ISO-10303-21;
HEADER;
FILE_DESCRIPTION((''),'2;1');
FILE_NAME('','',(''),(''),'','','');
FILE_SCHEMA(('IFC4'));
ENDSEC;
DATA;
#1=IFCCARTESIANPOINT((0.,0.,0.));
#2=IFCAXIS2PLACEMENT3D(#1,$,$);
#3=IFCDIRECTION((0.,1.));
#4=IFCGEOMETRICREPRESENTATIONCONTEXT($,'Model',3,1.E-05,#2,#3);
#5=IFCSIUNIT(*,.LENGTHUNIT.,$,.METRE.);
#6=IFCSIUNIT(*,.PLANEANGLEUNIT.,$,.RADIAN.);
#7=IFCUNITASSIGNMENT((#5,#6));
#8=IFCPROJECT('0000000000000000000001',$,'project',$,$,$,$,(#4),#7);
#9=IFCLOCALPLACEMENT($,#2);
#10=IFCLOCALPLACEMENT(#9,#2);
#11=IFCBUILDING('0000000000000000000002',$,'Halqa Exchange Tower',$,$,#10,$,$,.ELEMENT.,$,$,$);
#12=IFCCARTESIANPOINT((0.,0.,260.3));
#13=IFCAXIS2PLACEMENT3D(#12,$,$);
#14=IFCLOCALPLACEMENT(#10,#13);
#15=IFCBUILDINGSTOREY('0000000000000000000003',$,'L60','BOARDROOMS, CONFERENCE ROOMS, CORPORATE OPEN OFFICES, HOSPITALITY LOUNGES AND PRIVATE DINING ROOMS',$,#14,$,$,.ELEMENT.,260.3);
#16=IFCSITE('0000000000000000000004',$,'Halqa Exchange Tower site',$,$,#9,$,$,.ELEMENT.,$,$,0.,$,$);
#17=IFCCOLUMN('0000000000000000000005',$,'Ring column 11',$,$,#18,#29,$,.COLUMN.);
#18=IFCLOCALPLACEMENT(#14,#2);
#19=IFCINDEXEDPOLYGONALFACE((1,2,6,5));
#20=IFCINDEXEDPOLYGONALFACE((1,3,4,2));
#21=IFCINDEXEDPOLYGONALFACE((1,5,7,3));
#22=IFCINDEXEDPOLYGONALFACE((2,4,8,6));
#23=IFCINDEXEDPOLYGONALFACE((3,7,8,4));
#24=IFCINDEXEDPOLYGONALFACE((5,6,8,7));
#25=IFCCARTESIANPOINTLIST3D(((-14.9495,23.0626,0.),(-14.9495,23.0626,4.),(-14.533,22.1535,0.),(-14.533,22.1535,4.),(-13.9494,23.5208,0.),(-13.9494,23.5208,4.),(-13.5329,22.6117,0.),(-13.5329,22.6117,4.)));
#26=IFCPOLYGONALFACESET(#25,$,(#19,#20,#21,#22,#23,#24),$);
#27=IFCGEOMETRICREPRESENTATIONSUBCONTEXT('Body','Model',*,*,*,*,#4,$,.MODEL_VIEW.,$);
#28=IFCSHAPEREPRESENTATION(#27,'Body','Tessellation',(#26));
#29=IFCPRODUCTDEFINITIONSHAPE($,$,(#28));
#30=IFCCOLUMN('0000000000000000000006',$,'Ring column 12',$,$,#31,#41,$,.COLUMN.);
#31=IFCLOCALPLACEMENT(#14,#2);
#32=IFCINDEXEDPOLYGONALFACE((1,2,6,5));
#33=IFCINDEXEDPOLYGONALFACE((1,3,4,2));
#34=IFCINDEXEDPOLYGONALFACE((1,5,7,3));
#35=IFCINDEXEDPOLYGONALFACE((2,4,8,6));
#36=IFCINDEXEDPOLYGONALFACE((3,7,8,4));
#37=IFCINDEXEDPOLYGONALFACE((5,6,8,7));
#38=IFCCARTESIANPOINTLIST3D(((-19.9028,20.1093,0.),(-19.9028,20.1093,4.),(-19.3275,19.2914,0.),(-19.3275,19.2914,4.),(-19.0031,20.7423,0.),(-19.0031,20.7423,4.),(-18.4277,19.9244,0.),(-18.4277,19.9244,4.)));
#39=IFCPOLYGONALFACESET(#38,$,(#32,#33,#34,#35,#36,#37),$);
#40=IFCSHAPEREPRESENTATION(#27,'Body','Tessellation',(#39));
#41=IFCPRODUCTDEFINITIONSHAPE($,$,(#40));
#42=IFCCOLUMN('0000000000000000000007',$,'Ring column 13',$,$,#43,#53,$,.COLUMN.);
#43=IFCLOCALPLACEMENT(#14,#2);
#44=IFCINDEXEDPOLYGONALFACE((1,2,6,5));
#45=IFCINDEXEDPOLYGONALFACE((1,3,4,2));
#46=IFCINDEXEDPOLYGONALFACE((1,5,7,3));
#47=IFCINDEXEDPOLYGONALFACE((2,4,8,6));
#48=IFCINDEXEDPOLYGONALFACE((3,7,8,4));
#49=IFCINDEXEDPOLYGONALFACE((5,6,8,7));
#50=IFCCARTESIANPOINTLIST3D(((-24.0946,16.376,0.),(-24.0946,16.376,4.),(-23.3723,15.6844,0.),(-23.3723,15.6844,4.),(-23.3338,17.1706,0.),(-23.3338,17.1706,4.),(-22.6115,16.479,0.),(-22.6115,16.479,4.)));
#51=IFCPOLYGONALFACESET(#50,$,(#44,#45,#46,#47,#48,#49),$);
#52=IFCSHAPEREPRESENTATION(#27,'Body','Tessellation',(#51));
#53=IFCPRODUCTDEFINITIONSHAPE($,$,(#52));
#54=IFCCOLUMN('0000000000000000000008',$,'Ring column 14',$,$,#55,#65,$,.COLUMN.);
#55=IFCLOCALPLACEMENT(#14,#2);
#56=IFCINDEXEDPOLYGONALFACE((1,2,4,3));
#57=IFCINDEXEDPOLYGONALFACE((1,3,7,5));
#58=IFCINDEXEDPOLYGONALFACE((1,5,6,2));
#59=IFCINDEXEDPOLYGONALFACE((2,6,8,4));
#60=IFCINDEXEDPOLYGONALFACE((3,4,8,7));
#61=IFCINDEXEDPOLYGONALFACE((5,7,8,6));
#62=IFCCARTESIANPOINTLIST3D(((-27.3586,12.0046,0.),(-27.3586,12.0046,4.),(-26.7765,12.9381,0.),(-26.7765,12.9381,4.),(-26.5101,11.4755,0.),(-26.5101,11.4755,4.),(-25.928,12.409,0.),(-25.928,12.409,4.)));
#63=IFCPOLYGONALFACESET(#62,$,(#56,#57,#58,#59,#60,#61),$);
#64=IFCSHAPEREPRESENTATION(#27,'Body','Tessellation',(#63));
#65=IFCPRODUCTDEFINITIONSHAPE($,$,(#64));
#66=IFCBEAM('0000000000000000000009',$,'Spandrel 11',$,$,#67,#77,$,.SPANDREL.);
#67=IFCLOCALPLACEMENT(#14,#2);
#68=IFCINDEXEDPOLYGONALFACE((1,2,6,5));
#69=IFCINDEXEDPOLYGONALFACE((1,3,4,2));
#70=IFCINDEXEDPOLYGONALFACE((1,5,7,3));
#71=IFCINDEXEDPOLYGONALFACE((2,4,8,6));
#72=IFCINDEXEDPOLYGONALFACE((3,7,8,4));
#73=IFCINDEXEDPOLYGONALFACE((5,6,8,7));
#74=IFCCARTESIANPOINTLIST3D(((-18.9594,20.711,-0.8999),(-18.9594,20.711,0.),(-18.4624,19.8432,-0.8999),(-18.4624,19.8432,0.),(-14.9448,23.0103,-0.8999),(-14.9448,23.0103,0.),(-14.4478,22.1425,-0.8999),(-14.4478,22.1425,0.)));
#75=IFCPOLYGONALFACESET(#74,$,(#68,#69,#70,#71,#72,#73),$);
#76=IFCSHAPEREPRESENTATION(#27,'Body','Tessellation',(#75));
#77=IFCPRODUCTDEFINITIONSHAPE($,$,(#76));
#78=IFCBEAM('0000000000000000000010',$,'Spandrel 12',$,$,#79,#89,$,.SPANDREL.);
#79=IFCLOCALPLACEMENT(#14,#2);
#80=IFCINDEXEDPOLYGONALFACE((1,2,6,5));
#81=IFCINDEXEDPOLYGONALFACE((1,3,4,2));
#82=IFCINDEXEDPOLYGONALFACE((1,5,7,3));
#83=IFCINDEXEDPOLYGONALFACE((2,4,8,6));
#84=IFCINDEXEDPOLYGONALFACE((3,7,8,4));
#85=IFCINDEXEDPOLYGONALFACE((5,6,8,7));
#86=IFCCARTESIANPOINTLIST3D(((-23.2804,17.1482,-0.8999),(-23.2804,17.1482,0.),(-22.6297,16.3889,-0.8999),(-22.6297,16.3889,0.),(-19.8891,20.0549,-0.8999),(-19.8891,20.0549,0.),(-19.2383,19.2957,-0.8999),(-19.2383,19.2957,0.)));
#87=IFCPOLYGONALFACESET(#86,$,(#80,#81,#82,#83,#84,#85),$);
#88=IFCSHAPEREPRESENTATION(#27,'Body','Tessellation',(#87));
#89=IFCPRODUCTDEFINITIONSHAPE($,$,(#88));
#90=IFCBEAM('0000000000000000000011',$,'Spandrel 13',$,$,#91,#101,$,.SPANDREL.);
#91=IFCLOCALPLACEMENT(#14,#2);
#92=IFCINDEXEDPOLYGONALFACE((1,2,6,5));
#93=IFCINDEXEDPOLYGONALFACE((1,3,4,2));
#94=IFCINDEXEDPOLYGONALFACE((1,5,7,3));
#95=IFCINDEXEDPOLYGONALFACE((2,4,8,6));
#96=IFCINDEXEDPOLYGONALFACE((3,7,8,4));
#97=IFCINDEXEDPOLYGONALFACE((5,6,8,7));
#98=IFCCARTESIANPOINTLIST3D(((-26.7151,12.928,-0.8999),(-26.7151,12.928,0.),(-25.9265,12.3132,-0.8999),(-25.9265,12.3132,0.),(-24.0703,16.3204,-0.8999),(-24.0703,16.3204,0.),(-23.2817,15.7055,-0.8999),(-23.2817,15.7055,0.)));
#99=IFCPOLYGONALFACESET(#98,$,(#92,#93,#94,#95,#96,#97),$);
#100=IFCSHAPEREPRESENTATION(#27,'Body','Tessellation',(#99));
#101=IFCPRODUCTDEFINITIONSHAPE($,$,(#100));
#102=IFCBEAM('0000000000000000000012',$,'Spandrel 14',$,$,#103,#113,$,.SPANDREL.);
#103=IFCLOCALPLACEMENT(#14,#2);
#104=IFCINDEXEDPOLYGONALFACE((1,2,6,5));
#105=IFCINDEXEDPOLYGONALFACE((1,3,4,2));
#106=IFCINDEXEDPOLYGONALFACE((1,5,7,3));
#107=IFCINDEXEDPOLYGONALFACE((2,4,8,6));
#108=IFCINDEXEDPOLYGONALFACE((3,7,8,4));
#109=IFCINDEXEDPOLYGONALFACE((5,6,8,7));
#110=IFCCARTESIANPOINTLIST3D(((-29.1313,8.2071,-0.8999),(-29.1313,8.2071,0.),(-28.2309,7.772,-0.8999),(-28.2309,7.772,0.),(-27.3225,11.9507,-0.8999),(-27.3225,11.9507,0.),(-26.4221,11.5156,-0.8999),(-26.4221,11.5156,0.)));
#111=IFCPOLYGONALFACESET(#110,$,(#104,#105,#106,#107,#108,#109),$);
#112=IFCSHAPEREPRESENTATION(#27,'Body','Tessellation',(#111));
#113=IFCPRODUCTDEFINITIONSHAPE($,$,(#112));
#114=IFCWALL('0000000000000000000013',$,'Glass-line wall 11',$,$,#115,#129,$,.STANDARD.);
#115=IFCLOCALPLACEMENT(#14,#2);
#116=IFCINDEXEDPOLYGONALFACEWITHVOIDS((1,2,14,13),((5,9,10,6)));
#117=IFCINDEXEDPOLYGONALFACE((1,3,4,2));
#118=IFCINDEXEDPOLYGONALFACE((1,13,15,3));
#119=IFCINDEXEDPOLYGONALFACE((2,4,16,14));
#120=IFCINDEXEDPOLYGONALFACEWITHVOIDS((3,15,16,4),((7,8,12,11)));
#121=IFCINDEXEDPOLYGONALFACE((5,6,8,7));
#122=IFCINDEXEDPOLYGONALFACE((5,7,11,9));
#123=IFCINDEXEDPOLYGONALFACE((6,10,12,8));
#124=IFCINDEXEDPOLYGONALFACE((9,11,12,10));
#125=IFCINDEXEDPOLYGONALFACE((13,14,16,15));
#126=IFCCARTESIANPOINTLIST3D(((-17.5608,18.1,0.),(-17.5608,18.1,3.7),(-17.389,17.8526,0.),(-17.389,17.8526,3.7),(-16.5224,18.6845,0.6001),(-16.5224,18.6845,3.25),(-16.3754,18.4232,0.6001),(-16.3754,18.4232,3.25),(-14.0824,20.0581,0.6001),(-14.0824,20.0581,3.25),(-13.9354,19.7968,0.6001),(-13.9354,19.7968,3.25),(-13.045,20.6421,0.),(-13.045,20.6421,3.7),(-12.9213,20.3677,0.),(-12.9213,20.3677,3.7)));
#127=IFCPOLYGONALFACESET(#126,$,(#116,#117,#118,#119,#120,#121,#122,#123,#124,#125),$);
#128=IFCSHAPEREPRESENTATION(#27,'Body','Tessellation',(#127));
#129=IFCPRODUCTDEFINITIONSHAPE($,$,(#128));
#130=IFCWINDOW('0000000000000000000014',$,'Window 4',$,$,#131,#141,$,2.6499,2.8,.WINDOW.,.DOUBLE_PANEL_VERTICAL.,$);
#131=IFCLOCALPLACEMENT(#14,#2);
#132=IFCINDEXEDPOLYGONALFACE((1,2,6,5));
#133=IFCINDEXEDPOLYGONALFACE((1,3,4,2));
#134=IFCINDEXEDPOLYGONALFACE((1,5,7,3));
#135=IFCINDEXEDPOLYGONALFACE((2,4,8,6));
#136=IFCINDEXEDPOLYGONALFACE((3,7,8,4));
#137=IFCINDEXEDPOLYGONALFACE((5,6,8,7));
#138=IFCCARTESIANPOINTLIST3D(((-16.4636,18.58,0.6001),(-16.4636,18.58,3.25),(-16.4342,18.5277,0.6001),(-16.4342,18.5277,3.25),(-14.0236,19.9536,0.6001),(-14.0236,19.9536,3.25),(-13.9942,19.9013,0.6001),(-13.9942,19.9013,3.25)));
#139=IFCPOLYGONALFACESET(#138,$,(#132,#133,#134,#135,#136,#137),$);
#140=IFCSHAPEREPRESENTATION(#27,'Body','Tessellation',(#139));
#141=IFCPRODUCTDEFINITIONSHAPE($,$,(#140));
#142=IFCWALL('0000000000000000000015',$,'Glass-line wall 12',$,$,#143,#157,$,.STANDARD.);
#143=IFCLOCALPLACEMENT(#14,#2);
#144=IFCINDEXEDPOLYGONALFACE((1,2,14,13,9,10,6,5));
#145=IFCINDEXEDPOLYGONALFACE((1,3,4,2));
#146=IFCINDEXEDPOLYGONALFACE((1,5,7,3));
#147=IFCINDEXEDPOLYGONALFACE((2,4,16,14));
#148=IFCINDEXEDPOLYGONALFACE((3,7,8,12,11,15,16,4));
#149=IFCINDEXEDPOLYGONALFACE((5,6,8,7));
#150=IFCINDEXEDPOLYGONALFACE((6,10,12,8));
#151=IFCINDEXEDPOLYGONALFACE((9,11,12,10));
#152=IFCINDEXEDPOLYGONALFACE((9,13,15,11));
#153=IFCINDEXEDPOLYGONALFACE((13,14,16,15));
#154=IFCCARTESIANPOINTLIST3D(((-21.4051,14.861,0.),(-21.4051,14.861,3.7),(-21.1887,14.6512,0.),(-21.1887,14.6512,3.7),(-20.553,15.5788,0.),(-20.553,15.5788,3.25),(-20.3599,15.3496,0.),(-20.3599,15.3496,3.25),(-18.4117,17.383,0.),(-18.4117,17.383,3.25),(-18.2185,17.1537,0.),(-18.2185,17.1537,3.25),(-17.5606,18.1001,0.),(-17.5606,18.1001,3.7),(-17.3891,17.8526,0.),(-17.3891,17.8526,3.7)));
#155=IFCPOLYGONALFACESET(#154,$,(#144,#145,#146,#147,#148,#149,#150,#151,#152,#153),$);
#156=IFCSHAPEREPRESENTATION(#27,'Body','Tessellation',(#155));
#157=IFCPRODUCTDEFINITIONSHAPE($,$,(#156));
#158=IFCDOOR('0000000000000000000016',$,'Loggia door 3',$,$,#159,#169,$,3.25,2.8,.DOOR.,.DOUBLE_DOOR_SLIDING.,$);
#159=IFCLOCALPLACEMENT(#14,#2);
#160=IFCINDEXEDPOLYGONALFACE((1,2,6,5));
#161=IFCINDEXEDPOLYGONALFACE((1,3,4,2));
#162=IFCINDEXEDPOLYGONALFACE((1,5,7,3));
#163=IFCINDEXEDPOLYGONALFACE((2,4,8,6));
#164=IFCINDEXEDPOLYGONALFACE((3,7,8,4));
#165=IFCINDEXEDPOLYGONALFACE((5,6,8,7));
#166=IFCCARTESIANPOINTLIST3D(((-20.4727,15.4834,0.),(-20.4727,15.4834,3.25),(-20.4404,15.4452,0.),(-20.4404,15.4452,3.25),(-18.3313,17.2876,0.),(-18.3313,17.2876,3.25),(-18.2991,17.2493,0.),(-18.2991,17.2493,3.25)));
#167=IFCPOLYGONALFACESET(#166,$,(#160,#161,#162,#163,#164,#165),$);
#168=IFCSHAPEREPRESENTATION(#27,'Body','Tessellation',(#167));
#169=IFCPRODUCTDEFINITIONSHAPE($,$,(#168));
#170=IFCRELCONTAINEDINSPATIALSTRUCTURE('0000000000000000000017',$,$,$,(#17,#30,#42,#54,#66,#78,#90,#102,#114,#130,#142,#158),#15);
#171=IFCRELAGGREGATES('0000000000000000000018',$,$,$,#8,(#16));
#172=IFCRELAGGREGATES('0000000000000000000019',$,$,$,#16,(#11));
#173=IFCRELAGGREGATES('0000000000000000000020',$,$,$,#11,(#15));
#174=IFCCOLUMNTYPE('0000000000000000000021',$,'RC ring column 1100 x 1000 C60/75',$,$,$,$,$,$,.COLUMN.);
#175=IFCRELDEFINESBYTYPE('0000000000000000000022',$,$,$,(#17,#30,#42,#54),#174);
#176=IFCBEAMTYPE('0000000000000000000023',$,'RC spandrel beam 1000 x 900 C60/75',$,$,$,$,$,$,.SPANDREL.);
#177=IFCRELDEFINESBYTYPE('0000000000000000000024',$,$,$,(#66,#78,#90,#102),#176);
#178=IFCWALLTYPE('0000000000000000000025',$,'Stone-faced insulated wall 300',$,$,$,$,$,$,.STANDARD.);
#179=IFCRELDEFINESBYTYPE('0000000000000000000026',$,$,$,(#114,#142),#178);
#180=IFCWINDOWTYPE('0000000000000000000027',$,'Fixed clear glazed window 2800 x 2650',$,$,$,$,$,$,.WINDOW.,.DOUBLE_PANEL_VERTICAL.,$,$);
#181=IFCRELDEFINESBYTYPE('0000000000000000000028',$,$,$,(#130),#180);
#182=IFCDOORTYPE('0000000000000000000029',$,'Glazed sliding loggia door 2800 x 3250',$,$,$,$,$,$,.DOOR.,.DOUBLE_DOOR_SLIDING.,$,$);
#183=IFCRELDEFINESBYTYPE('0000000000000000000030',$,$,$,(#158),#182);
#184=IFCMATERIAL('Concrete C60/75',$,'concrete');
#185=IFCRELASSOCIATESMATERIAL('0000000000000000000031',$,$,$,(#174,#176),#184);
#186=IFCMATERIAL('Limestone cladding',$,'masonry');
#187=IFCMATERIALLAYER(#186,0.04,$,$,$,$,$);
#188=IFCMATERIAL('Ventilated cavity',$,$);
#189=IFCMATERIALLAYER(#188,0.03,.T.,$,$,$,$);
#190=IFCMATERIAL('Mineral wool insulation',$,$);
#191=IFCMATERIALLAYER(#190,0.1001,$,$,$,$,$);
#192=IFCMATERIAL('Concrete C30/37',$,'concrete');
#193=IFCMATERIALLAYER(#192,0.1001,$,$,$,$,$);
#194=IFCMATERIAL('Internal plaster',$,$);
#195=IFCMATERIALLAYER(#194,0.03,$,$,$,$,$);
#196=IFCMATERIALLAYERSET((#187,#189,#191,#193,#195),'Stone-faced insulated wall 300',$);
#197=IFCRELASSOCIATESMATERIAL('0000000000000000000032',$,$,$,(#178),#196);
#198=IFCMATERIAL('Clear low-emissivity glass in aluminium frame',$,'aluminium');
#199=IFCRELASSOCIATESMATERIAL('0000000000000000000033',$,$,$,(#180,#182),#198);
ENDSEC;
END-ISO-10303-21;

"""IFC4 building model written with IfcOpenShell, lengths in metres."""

from ifc_helpers import new_model, si_unit, direction, frame, frame_2d, origin, origin_2d, place, context, subcontext, project, spatial, polyline, rectangle, outline, extrude, material, layer, layer_set, material_profile, profile_set, type_object, element, fill, save


model = new_model("IFC4")

# Units and contexts
model_context = context("Model", 3, precision=1e-05, world=origin(), true_north=direction((0.0, 1.0)))
body_context = subcontext(model_context, "Body", "Model", "MODEL_VIEW")
ifc_project = project(units=[si_unit("LENGTHUNIT", "METRE"), si_unit("PLANEANGLEUNIT", "RADIAN")], contexts=[model_context])

# Site, building, storey
site_placement = place(None, origin())
site = spatial("IfcSite", under=ifc_project, at=site_placement, Name="Halqa Exchange Tower site", CompositionType="ELEMENT", RefElevation=0.0)
building_placement = place(site_placement, origin())
building = spatial("IfcBuilding", under=site, at=building_placement, Name="Halqa Exchange Tower", CompositionType="ELEMENT")
storey_placement = place(building_placement, frame((0.0, 0.0, 260.3)))
storey = spatial("IfcBuildingStorey", under=building, at=storey_placement, Name="L60", Description="BOARDROOMS, CONFERENCE ROOMS, CORPORATE OPEN OFFICES, HOSPITALITY LOUNGES AND PRIVATE DINING ROOMS", CompositionType="ELEMENT", Elevation=260.3)

# Columns
ifc_material_1 = material(Name="Concrete C60/75", Category="concrete")
ifc_material_profile_1 = material_profile(ifc_material_1, rectangle(XDim=1.1001, YDim=1.0, at=origin_2d()), Name="1100 x 1000")
ifc_profile_set_1 = profile_set([ifc_material_profile_1], Name="Concrete C60/75")
column_type = type_object("IfcColumnType", Name="RC ring column 1100 x 1000 C60/75", PredefinedType="COLUMN", material=ifc_profile_set_1)
for number, where, z_axis, x_axis, name in (
    (1, (-14.2412, 22.8372, 0.0), (0.0, 0.0, 1.0), (-0.909128, -0.416517, 0.0), "Ring column 11"),
    (2, (-19.1653, 20.0168, 0.0), (0.0, 0.0, 1.0), (-0.817907, -0.575351, 0.0), "Ring column 12"),
    (3, (-23.353, 16.4275, 0.0), (0.0, 0.0, 1.0), (-0.691579, -0.722301, 0.0), "Ring column 13"),
    (4, (-26.6433, 12.2068, 0.0), (0.0, 0.0, 1.0), (-0.52914, -0.848534, 0.0), "Ring column 14"),
):
    element("IfcColumn", number, at=place(storey_placement, frame(where, z_axis=z_axis, x_axis=x_axis)), inside=storey, type_object=column_type, Name=name, PredefinedType="COLUMN", context=body_context, shape_type="SweptSolid", body=[
        extrude(rectangle(XDim=1.1001, YDim=1.0, at=origin_2d()), origin(), (0.0, 0.0, 1.0), 4.0),
    ])

# Beams
ifc_material_profile_2 = material_profile(ifc_material_1, rectangle(XDim=1.0, YDim=0.8999, at=origin_2d()), Name="1000 x 900")
ifc_profile_set_2 = profile_set([ifc_material_profile_2], Name="Concrete C60/75")
beam_type = type_object("IfcBeamType", Name="RC spandrel beam 1000 x 900 C60/75", PredefinedType="SPANDREL", material=ifc_profile_set_2)
beam_1_placement = place(storey_placement, frame((-14.6963, 22.5764, -0.45), z_axis=(-0.867756, -0.496991, 0.0), x_axis=(0.496991, -0.867756, 0.0)))
element("IfcBeam", 5, at=beam_1_placement, inside=storey, type_object=beam_type, Name="Spandrel 11", PredefinedType="SPANDREL", context=body_context, shape_type="SweptSolid", body=[
    extrude(rectangle(XDim=1.0, YDim=0.8999, at=origin_2d()), origin(), (0.0, 0.0, 1.0), 4.6265),
])
beam_2_placement = place(storey_placement, frame((-19.5637, 19.6753, -0.45), z_axis=(-0.759272, -0.650773, 0.0), x_axis=(0.650773, -0.759272, 0.0)))
element("IfcBeam", 6, at=beam_2_placement, inside=storey, type_object=beam_type, Name="Spandrel 12", PredefinedType="SPANDREL", context=body_context, shape_type="SweptSolid", body=[
    extrude(rectangle(XDim=1.0, YDim=0.8999, at=origin_2d()), origin(), (0.0, 0.0, 1.0), 4.4666),
])
beam_3_placement = place(storey_placement, frame((-23.676, 16.0129, -0.45), z_axis=(-0.614852, -0.788643, 0.0), x_axis=(0.788643, -0.614852, 0.0)))
element("IfcBeam", 7, at=beam_3_placement, inside=storey, type_object=beam_type, Name="Spandrel 13", PredefinedType="SPANDREL", context=body_context, shape_type="SweptSolid", body=[
    extrude(rectangle(XDim=1.0, YDim=0.8999, at=origin_2d()), origin(), (0.0, 0.0, 1.0), 4.3015),
])
beam_4_placement = place(storey_placement, frame((-26.8723, 11.7332, -0.45), z_axis=(-0.435053, -0.900405, 0.0), x_axis=(0.900405, -0.435053, 0.0)))
element("IfcBeam", 8, at=beam_4_placement, inside=storey, type_object=beam_type, Name="Spandrel 14", PredefinedType="SPANDREL", context=body_context, shape_type="SweptSolid", body=[
    extrude(rectangle(XDim=1.0, YDim=0.8999, at=origin_2d()), origin(), (0.0, 0.0, 1.0), 4.1577),
])

# Wall, opening, window
ifc_material_2 = material(Name="Limestone cladding", Category="masonry")
ifc_layer_1 = layer(ifc_material_2, 0.04)
ifc_material_3 = material(Name="Ventilated cavity")
ifc_layer_2 = layer(ifc_material_3, 0.03, ventilated=True)
ifc_material_4 = material(Name="Mineral wool insulation")
ifc_layer_3 = layer(ifc_material_4, 0.1001)
ifc_material_5 = material(Name="Concrete C30/37", Category="concrete")
ifc_layer_4 = layer(ifc_material_5, 0.1001)
ifc_material_6 = material(Name="Internal plaster")
ifc_layer_5 = layer(ifc_material_6, 0.03)
ifc_layer_set_1 = layer_set([ifc_layer_1, ifc_layer_2, ifc_layer_3, ifc_layer_4, ifc_layer_5], Name="Stone-faced insulated wall 300")
wall_type_1 = type_object("IfcWallType", Name="Stone-faced insulated wall 300", PredefinedType="STANDARD", material=ifc_layer_set_1)
wall_1_placement = place(storey_placement, frame((-12.9832, 20.5049, 0.0), z_axis=(0.0, 0.0, 1.0), x_axis=(-0.871411, -0.490554, 0.0)))
wall_1 = element("IfcWall", 9, at=wall_1_placement, inside=storey, type_object=wall_type_1, Name="Glass-line wall 11", PredefinedType="STANDARD", context=body_context, shape_type="SweptSolid", body=[
    extrude(outline(polyline([(-0.0134, -0.1499), (5.1687, -0.1499), (5.1404, 0.1499), (0.0134, 0.1499), (-0.0134, -0.1499)])), origin(), (0.0, 0.0, 1.0), 3.7),
])
opening_1_placement = place(wall_1_placement, frame((1.1772, 0.0, 0.6001)))
opening_1 = element("IfcOpeningElement", 10, at=opening_1_placement, cuts=wall_1, PredefinedType="OPENING", context=body_context, shape_type="SweptSolid", body=[
    extrude(rectangle(XDim=2.8, YDim=2.6499, at=frame_2d((1.3999, 1.325))), frame((0.0, 0.1621, 0.0), z_axis=(0.0, -1.0, 0.0), x_axis=(1.0, 0.0, 0.0)), (0.0, 0.0, 1.0), 0.324),
])
ifc_material_7 = material(Name="Clear low-emissivity glass in aluminium frame", Category="aluminium")
window_type = type_object("IfcWindowType", Name="Fixed clear glazed window 2800 x 2650", PartitioningType="DOUBLE_PANEL_VERTICAL", PredefinedType="WINDOW", material=ifc_material_7)
window_1_placement = place(opening_1_placement, origin())
window_1 = element("IfcWindow", 11, at=window_1_placement, inside=storey, type_object=window_type, Name="Window 4", OverallHeight=2.6499, OverallWidth=2.8, PartitioningType="DOUBLE_PANEL_VERTICAL", PredefinedType="WINDOW", context=body_context, shape_type="SweptSolid", body=[
    extrude(rectangle(XDim=2.8, YDim=2.6499, at=frame_2d((1.3999, 1.325))), frame((0.0, 0.03, 0.0), z_axis=(0.0, -1.0, 0.0), x_axis=(1.0, 0.0, 0.0)), (0.0, 0.0, 1.0), 0.0601),
])
fill(opening_1, window_1)

# Wall, opening, door
wall_2_placement = place(storey_placement, frame((-17.4749, 17.9763, 0.0), z_axis=(0.0, 0.0, 1.0), x_axis=(-0.764746, -0.644331, 0.0)))
wall_2 = element("IfcWall", 12, at=wall_2_placement, inside=storey, type_object=wall_type_1, Name="Glass-line wall 12", PredefinedType="STANDARD", context=body_context, shape_type="SweptSolid", body=[
    extrude(outline(polyline([(-0.0142, -0.1499), (5.0129, -0.1499), (4.9827, 0.1499), (0.0142, 0.1499), (-0.0142, -0.1499)])), origin(), (0.0, 0.0, 1.0), 3.7),
])
opening_2_placement = place(wall_2_placement, frame((1.0989, 0.0, 0.0)))
opening_2 = element("IfcOpeningElement", 13, at=opening_2_placement, cuts=wall_2, PredefinedType="OPENING", context=body_context, shape_type="SweptSolid", body=[
    extrude(rectangle(XDim=2.8, YDim=3.25, at=frame_2d((1.3999, 1.625))), frame((0.0, 0.1621, 0.0), z_axis=(0.0, -1.0, 0.0), x_axis=(1.0, 0.0, 0.0)), (0.0, 0.0, 1.0), 0.324),
])
door_type_1 = type_object("IfcDoorType", Name="Glazed sliding loggia door 2800 x 3250", OperationType="DOUBLE_DOOR_SLIDING", PredefinedType="DOOR", material=ifc_material_7)
door_1_placement = place(opening_2_placement, origin())
door_1 = element("IfcDoor", 14, at=door_1_placement, inside=storey, type_object=door_type_1, Name="Loggia door 3", OperationType="DOUBLE_DOOR_SLIDING", OverallHeight=3.25, OverallWidth=2.8, PredefinedType="DOOR", context=body_context, shape_type="SweptSolid", body=[
    extrude(rectangle(XDim=2.8, YDim=3.25, at=frame_2d((1.3999, 1.625))), frame((0.0, 0.0249, 0.0), z_axis=(0.0, -1.0, 0.0), x_axis=(1.0, 0.0, 0.0)), (0.0, 0.0, 1.0), 0.05),
])
fill(opening_2, door_1)

save(model, "model.ifc")
